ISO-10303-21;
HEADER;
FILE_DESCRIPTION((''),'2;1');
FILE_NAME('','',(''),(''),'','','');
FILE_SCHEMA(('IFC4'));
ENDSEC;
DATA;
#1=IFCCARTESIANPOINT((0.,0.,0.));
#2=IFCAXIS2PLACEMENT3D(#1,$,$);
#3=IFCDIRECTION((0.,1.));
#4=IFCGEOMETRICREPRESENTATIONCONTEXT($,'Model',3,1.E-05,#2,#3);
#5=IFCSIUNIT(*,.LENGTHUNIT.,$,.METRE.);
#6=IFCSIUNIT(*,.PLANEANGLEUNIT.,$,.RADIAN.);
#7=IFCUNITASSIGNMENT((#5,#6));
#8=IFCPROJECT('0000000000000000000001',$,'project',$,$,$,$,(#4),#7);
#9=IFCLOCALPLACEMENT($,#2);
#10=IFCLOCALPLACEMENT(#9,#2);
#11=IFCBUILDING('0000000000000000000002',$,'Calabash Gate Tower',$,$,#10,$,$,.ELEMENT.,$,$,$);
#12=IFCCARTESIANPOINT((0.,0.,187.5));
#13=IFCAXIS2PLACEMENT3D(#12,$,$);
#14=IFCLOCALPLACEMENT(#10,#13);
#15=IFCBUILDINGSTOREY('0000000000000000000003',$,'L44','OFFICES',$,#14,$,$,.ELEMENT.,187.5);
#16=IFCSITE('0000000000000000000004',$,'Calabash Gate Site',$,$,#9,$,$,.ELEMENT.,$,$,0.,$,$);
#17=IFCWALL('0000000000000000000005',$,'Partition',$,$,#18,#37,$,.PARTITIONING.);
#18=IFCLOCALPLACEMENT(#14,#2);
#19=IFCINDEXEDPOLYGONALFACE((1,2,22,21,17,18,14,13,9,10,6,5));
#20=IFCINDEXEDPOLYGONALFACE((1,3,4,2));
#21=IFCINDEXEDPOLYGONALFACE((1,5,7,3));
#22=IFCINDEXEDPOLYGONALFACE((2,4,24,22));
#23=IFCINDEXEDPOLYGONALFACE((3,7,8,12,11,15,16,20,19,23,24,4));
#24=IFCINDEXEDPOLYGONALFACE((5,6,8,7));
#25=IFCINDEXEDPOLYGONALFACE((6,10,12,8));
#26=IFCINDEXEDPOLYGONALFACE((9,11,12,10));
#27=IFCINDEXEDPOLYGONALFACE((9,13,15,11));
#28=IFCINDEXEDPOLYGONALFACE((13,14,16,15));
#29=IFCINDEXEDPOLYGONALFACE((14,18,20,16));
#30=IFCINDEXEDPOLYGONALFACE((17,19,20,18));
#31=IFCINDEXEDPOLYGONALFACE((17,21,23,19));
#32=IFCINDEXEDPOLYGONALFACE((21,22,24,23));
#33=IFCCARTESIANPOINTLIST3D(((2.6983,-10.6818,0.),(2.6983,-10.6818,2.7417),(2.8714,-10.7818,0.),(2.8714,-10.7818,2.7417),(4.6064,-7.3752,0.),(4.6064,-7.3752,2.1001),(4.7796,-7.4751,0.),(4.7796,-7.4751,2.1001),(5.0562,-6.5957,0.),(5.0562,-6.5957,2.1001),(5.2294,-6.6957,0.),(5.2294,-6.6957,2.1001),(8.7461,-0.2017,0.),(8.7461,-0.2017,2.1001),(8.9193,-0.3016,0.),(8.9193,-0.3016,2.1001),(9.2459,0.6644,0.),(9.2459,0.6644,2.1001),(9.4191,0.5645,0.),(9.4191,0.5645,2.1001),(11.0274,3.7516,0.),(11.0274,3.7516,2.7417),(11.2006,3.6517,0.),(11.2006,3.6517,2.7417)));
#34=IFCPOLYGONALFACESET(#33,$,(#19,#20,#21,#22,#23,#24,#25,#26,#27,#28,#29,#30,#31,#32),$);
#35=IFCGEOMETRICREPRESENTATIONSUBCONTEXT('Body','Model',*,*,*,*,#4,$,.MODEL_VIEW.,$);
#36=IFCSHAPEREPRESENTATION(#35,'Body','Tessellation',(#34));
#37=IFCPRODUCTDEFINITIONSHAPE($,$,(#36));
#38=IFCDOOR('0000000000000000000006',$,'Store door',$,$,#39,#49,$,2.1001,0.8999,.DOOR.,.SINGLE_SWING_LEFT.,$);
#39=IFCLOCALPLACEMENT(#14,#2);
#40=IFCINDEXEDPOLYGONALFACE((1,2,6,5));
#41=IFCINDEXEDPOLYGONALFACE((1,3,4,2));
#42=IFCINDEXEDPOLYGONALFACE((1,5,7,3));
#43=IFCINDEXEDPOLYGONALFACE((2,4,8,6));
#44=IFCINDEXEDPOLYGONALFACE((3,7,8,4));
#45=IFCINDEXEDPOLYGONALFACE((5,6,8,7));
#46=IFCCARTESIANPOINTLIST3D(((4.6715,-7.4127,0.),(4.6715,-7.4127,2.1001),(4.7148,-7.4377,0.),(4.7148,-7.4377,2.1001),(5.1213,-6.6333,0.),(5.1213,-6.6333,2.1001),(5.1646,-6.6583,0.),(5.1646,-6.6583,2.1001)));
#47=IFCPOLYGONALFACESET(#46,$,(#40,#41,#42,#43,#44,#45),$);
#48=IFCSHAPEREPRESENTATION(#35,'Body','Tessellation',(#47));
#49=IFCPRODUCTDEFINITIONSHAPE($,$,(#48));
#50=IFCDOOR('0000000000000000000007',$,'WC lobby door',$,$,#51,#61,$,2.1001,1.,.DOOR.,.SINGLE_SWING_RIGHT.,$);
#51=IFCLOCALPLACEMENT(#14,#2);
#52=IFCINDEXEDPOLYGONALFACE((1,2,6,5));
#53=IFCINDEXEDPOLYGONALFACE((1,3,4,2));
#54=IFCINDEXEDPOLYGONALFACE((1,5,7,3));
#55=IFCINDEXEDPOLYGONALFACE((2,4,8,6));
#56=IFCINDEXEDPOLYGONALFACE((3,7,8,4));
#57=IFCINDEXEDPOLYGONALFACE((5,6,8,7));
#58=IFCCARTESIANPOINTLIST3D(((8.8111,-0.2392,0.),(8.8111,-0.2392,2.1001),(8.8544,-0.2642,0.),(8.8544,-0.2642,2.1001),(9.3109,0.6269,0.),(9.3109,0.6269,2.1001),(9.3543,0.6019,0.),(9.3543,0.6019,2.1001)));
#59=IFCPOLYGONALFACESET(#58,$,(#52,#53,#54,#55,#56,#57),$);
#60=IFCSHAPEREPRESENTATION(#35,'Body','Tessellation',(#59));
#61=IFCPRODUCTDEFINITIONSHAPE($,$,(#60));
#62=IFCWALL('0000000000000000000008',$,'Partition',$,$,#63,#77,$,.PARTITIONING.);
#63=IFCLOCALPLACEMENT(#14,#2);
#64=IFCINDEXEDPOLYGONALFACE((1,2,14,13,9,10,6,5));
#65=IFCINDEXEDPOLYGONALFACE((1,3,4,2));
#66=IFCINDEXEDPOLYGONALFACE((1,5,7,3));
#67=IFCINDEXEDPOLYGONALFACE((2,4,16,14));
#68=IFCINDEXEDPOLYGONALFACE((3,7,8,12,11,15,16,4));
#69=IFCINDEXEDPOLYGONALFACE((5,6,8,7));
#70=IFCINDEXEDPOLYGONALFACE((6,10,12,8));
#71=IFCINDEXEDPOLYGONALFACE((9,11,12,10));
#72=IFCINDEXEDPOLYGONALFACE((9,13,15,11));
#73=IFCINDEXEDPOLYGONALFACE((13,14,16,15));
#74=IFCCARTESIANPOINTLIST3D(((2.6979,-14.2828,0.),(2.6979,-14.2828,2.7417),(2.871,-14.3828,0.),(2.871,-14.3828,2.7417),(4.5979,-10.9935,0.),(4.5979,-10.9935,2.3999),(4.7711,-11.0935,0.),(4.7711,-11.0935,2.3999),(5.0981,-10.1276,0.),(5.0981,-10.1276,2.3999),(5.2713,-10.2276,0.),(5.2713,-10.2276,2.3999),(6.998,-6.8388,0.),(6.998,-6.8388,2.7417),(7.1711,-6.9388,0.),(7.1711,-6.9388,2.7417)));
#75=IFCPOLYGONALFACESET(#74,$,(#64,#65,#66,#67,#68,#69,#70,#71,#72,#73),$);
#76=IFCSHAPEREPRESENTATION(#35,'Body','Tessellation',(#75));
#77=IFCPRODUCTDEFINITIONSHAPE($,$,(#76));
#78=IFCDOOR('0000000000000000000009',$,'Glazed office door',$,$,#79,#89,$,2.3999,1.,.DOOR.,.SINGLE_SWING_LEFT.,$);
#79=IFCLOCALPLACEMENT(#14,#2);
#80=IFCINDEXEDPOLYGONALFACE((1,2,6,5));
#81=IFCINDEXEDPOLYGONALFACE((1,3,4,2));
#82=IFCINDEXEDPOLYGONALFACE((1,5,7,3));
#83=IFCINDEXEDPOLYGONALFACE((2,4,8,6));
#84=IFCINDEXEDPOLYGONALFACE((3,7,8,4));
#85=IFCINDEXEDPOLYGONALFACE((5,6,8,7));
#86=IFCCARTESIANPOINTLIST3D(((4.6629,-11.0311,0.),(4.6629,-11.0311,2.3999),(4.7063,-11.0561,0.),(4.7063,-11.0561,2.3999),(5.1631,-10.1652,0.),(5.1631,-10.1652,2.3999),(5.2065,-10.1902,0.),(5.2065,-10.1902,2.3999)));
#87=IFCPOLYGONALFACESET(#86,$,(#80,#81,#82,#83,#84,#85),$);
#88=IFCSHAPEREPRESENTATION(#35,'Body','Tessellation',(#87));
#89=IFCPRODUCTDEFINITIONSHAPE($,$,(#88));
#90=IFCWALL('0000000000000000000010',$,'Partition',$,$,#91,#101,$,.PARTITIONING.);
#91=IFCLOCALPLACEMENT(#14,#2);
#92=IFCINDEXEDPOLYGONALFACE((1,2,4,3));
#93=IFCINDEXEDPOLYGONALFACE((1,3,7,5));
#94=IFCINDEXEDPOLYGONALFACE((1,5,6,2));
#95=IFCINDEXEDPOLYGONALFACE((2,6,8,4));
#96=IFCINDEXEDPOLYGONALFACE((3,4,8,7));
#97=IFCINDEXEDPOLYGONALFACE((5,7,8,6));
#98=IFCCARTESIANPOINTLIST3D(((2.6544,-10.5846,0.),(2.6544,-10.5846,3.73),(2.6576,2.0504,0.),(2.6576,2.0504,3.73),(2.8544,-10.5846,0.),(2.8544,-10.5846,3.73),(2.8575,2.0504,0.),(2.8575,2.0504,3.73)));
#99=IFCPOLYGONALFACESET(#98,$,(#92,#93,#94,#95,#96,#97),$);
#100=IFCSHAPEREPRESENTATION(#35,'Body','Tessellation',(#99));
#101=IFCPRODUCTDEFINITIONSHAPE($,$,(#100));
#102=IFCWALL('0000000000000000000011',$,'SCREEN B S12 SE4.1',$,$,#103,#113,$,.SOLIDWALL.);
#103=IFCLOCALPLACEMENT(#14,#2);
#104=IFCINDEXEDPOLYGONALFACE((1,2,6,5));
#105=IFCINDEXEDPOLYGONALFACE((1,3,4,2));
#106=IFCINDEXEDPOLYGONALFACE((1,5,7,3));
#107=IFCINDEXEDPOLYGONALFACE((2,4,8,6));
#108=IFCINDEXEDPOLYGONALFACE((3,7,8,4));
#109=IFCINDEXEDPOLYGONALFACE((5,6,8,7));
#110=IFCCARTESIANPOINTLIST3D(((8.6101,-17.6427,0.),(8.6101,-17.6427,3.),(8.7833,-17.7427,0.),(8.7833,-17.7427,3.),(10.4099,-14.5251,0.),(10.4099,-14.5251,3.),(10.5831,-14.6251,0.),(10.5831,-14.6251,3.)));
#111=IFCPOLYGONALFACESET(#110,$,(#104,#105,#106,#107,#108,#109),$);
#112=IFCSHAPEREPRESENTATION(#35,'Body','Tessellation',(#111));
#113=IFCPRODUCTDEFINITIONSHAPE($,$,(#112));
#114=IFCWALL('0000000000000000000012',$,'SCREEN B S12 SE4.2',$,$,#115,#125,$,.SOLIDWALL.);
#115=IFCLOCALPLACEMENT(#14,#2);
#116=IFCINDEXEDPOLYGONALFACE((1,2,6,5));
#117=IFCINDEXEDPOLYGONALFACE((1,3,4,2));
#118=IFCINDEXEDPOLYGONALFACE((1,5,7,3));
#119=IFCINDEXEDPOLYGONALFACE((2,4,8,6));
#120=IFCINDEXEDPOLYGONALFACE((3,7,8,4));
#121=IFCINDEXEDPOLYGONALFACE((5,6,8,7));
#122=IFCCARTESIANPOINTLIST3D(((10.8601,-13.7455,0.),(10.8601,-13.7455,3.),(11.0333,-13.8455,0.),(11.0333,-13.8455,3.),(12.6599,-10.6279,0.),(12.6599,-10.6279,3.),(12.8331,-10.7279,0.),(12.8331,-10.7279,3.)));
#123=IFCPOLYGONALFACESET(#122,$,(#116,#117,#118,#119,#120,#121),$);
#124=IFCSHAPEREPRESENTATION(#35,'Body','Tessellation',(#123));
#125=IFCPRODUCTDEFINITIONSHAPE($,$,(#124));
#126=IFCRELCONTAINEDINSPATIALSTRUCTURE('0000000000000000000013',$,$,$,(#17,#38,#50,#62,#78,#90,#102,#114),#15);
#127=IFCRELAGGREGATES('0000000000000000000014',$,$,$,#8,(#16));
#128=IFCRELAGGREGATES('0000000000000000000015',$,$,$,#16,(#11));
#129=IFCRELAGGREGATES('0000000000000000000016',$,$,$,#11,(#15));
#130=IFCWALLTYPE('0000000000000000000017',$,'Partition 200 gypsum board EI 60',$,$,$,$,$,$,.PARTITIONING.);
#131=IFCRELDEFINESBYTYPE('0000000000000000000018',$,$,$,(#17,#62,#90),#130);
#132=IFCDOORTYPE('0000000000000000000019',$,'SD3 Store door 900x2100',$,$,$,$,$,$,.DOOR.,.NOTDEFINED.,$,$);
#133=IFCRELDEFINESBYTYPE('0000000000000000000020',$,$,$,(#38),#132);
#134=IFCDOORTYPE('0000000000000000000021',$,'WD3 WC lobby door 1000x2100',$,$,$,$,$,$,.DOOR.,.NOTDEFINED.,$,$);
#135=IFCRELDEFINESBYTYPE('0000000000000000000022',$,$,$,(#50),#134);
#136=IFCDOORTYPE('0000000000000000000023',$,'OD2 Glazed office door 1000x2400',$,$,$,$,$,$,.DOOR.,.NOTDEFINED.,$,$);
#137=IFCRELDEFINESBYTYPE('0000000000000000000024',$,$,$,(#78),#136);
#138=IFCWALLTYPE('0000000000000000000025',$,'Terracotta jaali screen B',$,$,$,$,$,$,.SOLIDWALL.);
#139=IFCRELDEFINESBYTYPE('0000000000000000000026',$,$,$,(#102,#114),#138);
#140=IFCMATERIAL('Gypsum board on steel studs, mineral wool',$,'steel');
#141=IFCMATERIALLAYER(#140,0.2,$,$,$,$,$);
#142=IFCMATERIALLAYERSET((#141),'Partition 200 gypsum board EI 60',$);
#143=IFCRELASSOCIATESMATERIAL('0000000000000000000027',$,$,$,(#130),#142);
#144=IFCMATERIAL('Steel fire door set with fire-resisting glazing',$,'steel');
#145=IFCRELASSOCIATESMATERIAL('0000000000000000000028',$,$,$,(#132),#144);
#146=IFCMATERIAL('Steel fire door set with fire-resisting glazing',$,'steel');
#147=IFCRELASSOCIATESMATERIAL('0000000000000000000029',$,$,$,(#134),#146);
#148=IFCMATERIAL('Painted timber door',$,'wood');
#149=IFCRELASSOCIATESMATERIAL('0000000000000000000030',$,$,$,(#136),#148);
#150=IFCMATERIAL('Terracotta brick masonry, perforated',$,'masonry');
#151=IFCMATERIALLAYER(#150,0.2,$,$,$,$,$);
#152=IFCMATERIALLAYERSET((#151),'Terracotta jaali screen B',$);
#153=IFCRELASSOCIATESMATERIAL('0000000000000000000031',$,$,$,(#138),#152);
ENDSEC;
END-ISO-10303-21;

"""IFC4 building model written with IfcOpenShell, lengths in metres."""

from ifc_helpers import new_model, si_unit, direction, frame, frame_2d, origin, place, context, subcontext, project, spatial, rectangle, extrude, material, layer, layer_set, type_object, element, fill, save


model = new_model("IFC4")

# Units and contexts
model_context = context("Model", 3, precision=1e-05, world=origin(), true_north=direction((0.0, 1.0)))
body_context = subcontext(model_context, "Body", "Model", "MODEL_VIEW")
ifc_project = project(units=[si_unit("LENGTHUNIT", "METRE"), si_unit("PLANEANGLEUNIT", "RADIAN")], contexts=[model_context])

# Site, building, storey
site_placement = place(None, origin())
site = spatial("IfcSite", under=ifc_project, at=site_placement, Name="Calabash Gate Site", CompositionType="ELEMENT", RefElevation=0.0)
building_placement = place(site_placement, origin())
building = spatial("IfcBuilding", under=site, at=building_placement, Name="Calabash Gate Tower", CompositionType="ELEMENT")
storey_placement = place(building_placement, frame((0.0, 0.0, 187.5)))
storey = spatial("IfcBuildingStorey", under=building, at=storey_placement, Name="L44", Description="OFFICES", CompositionType="ELEMENT", Elevation=187.5)

# Shared definitions
ifc_material_1 = material(Name="Gypsum board on steel studs, mineral wool", Category="steel")
ifc_layer_1 = layer(ifc_material_1, 0.2)
ifc_layer_set_1 = layer_set([ifc_layer_1], Name="Partition 200 gypsum board EI 60")
wall_type_1 = type_object("IfcWallType", Name="Partition 200 gypsum board EI 60", PredefinedType="PARTITIONING", material=ifc_layer_set_1)

# Wall, openings, doors
wall_1_placement = place(storey_placement, frame((2.7849, -10.7317, 0.0), z_axis=(0.0, 0.0, 1.0), x_axis=(0.49982, 0.866129, 0.0)))
wall_1 = element("IfcWall", 1, at=wall_1_placement, inside=storey, type_object=wall_type_1, Name="Partition", PredefinedType="PARTITIONING", context=body_context, shape_type="SweptSolid", body=[
    extrude(rectangle(XDim=16.6643, YDim=0.2, at=frame_2d((8.332, 0.0))), origin(), (0.0, 0.0, 1.0), 2.7417),
])
opening_1_placement = place(wall_1_placement, frame((3.8176, 0.0, 0.0)))
opening_1 = element("IfcOpeningElement", 2, at=opening_1_placement, cuts=wall_1, PredefinedType="OPENING", context=body_context, shape_type="SweptSolid", body=[
    extrude(rectangle(XDim=0.8999, YDim=2.1001, at=frame_2d((0.45, 1.05))), frame((0.0, 0.1099, 0.0), z_axis=(0.0, -1.0, 0.0), x_axis=(1.0, 0.0, 0.0)), (0.0, 0.0, 1.0), 0.22),
])
opening_2_placement = place(wall_1_placement, frame((12.0999, 0.0, 0.0)))
opening_2 = element("IfcOpeningElement", 3, at=opening_2_placement, cuts=wall_1, PredefinedType="OPENING", context=body_context, shape_type="SweptSolid", body=[
    extrude(rectangle(XDim=1.0, YDim=2.1001, at=frame_2d((0.5, 1.05))), frame((0.0, 0.1099, 0.0), z_axis=(0.0, -1.0, 0.0), x_axis=(1.0, 0.0, 0.0)), (0.0, 0.0, 1.0), 0.22),
])
ifc_material_2 = material(Name="Steel fire door set with fire-resisting glazing", Category="steel")
door_type_1 = type_object("IfcDoorType", Name="SD3 Store door 900x2100", OperationType="NOTDEFINED", PredefinedType="DOOR", material=ifc_material_2)
door_1_placement = place(opening_1_placement, origin())
door_1 = element("IfcDoor", 4, at=door_1_placement, inside=storey, type_object=door_type_1, Name="Store door", OperationType="SINGLE_SWING_LEFT", OverallHeight=2.1001, OverallWidth=0.8999, PredefinedType="DOOR", context=body_context, shape_type="SweptSolid", body=[
    extrude(rectangle(XDim=0.8999, YDim=2.1001, at=frame_2d((0.45, 1.05))), frame((0.0, 0.0249, 0.0), z_axis=(0.0, -1.0, 0.0), x_axis=(1.0, 0.0, 0.0)), (0.0, 0.0, 1.0), 0.05),
])
fill(opening_1, door_1)
ifc_material_3 = material(Name="Steel fire door set with fire-resisting glazing", Category="steel")
door_type_2 = type_object("IfcDoorType", Name="WD3 WC lobby door 1000x2100", OperationType="NOTDEFINED", PredefinedType="DOOR", material=ifc_material_3)
door_2_placement = place(opening_2_placement, origin())
door_2 = element("IfcDoor", 5, at=door_2_placement, inside=storey, type_object=door_type_2, Name="WC lobby door", OperationType="SINGLE_SWING_RIGHT", OverallHeight=2.1001, OverallWidth=1.0, PredefinedType="DOOR", context=body_context, shape_type="SweptSolid", body=[
    extrude(rectangle(XDim=1.0, YDim=2.1001, at=frame_2d((0.5, 1.05))), frame((0.0, 0.0249, 0.0), z_axis=(0.0, -1.0, 0.0), x_axis=(1.0, 0.0, 0.0)), (0.0, 0.0, 1.0), 0.05),
])
fill(opening_2, door_2)

# Wall, opening, door
wall_2_placement = place(storey_placement, frame((2.7844, -14.3328, 0.0), z_axis=(0.0, 0.0, 1.0), x_axis=(0.500204, 0.865907, 0.0)))
wall_2 = element("IfcWall", 6, at=wall_2_placement, inside=storey, type_object=wall_type_1, Name="Partition", PredefinedType="PARTITIONING", context=body_context, shape_type="SweptSolid", body=[
    extrude(rectangle(XDim=8.5967, YDim=0.2, at=frame_2d((4.2983, 0.0))), origin(), (0.0, 0.0, 1.0), 2.7417),
])
opening_3_placement = place(wall_2_placement, frame((3.7986, 0.0, 0.0)))
opening_3 = element("IfcOpeningElement", 7, at=opening_3_placement, cuts=wall_2, PredefinedType="OPENING", context=body_context, shape_type="SweptSolid", body=[
    extrude(rectangle(XDim=1.0, YDim=2.3999, at=frame_2d((0.5, 1.2))), frame((0.0, 0.1099, 0.0), z_axis=(0.0, -1.0, 0.0), x_axis=(1.0, 0.0, 0.0)), (0.0, 0.0, 1.0), 0.22),
])
ifc_material_4 = material(Name="Painted timber door", Category="wood")
door_type_3 = type_object("IfcDoorType", Name="OD2 Glazed office door 1000x2400", OperationType="NOTDEFINED", PredefinedType="DOOR", material=ifc_material_4)
door_3_placement = place(opening_3_placement, origin())
door_3 = element("IfcDoor", 8, at=door_3_placement, inside=storey, type_object=door_type_3, Name="Glazed office door", OperationType="SINGLE_SWING_LEFT", OverallHeight=2.3999, OverallWidth=1.0, PredefinedType="DOOR", context=body_context, shape_type="SweptSolid", body=[
    extrude(rectangle(XDim=1.0, YDim=2.3999, at=frame_2d((0.5, 1.2))), frame((0.0, 0.0249, 0.0), z_axis=(0.0, -1.0, 0.0), x_axis=(1.0, 0.0, 0.0)), (0.0, 0.0, 1.0), 0.05),
])
fill(opening_3, door_3)

# Walls
wall_3_placement = place(storey_placement, frame((2.7544, -10.5845, 0.0), z_axis=(0.0, 0.0, 1.0), x_axis=(0.000251, 1.0, 0.0)))
element("IfcWall", 9, at=wall_3_placement, inside=storey, type_object=wall_type_1, Name="Partition", PredefinedType="PARTITIONING", context=body_context, shape_type="SweptSolid", body=[
    extrude(rectangle(XDim=12.635, YDim=0.2, at=frame_2d((6.3174, 0.0))), origin(), (0.0, 0.0, 1.0), 3.73),
])
ifc_material_5 = material(Name="Terracotta brick masonry, perforated", Category="masonry")
ifc_layer_2 = layer(ifc_material_5, 0.2)
ifc_layer_set_2 = layer_set([ifc_layer_2], Name="Terracotta jaali screen B")
wall_type_2 = type_object("IfcWallType", Name="Terracotta jaali screen B", PredefinedType="SOLIDWALL", material=ifc_layer_set_2)
for number, where, z_axis, x_axis, name in (
    (10, (8.6968, -17.6926, 0.0), (0.0, 0.0, 1.0), (0.499961, 0.866048, 0.0), "SCREEN B S12 SE4.1"),
    (11, (10.9468, -13.7954, 0.0), (0.0, 0.0, 1.0), (0.499961, 0.866048, 0.0), "SCREEN B S12 SE4.2"),
):
    element("IfcWall", number, at=place(storey_placement, frame(where, z_axis=z_axis, x_axis=x_axis)), inside=storey, type_object=wall_type_2, Name=name, PredefinedType="SOLIDWALL", context=body_context, shape_type="SweptSolid", body=[
        extrude(rectangle(XDim=3.5999, YDim=0.2, at=frame_2d((1.7998, 0.0))), origin(), (0.0, 0.0, 1.0), 3.0),
    ])

save(model, "model.ifc")
